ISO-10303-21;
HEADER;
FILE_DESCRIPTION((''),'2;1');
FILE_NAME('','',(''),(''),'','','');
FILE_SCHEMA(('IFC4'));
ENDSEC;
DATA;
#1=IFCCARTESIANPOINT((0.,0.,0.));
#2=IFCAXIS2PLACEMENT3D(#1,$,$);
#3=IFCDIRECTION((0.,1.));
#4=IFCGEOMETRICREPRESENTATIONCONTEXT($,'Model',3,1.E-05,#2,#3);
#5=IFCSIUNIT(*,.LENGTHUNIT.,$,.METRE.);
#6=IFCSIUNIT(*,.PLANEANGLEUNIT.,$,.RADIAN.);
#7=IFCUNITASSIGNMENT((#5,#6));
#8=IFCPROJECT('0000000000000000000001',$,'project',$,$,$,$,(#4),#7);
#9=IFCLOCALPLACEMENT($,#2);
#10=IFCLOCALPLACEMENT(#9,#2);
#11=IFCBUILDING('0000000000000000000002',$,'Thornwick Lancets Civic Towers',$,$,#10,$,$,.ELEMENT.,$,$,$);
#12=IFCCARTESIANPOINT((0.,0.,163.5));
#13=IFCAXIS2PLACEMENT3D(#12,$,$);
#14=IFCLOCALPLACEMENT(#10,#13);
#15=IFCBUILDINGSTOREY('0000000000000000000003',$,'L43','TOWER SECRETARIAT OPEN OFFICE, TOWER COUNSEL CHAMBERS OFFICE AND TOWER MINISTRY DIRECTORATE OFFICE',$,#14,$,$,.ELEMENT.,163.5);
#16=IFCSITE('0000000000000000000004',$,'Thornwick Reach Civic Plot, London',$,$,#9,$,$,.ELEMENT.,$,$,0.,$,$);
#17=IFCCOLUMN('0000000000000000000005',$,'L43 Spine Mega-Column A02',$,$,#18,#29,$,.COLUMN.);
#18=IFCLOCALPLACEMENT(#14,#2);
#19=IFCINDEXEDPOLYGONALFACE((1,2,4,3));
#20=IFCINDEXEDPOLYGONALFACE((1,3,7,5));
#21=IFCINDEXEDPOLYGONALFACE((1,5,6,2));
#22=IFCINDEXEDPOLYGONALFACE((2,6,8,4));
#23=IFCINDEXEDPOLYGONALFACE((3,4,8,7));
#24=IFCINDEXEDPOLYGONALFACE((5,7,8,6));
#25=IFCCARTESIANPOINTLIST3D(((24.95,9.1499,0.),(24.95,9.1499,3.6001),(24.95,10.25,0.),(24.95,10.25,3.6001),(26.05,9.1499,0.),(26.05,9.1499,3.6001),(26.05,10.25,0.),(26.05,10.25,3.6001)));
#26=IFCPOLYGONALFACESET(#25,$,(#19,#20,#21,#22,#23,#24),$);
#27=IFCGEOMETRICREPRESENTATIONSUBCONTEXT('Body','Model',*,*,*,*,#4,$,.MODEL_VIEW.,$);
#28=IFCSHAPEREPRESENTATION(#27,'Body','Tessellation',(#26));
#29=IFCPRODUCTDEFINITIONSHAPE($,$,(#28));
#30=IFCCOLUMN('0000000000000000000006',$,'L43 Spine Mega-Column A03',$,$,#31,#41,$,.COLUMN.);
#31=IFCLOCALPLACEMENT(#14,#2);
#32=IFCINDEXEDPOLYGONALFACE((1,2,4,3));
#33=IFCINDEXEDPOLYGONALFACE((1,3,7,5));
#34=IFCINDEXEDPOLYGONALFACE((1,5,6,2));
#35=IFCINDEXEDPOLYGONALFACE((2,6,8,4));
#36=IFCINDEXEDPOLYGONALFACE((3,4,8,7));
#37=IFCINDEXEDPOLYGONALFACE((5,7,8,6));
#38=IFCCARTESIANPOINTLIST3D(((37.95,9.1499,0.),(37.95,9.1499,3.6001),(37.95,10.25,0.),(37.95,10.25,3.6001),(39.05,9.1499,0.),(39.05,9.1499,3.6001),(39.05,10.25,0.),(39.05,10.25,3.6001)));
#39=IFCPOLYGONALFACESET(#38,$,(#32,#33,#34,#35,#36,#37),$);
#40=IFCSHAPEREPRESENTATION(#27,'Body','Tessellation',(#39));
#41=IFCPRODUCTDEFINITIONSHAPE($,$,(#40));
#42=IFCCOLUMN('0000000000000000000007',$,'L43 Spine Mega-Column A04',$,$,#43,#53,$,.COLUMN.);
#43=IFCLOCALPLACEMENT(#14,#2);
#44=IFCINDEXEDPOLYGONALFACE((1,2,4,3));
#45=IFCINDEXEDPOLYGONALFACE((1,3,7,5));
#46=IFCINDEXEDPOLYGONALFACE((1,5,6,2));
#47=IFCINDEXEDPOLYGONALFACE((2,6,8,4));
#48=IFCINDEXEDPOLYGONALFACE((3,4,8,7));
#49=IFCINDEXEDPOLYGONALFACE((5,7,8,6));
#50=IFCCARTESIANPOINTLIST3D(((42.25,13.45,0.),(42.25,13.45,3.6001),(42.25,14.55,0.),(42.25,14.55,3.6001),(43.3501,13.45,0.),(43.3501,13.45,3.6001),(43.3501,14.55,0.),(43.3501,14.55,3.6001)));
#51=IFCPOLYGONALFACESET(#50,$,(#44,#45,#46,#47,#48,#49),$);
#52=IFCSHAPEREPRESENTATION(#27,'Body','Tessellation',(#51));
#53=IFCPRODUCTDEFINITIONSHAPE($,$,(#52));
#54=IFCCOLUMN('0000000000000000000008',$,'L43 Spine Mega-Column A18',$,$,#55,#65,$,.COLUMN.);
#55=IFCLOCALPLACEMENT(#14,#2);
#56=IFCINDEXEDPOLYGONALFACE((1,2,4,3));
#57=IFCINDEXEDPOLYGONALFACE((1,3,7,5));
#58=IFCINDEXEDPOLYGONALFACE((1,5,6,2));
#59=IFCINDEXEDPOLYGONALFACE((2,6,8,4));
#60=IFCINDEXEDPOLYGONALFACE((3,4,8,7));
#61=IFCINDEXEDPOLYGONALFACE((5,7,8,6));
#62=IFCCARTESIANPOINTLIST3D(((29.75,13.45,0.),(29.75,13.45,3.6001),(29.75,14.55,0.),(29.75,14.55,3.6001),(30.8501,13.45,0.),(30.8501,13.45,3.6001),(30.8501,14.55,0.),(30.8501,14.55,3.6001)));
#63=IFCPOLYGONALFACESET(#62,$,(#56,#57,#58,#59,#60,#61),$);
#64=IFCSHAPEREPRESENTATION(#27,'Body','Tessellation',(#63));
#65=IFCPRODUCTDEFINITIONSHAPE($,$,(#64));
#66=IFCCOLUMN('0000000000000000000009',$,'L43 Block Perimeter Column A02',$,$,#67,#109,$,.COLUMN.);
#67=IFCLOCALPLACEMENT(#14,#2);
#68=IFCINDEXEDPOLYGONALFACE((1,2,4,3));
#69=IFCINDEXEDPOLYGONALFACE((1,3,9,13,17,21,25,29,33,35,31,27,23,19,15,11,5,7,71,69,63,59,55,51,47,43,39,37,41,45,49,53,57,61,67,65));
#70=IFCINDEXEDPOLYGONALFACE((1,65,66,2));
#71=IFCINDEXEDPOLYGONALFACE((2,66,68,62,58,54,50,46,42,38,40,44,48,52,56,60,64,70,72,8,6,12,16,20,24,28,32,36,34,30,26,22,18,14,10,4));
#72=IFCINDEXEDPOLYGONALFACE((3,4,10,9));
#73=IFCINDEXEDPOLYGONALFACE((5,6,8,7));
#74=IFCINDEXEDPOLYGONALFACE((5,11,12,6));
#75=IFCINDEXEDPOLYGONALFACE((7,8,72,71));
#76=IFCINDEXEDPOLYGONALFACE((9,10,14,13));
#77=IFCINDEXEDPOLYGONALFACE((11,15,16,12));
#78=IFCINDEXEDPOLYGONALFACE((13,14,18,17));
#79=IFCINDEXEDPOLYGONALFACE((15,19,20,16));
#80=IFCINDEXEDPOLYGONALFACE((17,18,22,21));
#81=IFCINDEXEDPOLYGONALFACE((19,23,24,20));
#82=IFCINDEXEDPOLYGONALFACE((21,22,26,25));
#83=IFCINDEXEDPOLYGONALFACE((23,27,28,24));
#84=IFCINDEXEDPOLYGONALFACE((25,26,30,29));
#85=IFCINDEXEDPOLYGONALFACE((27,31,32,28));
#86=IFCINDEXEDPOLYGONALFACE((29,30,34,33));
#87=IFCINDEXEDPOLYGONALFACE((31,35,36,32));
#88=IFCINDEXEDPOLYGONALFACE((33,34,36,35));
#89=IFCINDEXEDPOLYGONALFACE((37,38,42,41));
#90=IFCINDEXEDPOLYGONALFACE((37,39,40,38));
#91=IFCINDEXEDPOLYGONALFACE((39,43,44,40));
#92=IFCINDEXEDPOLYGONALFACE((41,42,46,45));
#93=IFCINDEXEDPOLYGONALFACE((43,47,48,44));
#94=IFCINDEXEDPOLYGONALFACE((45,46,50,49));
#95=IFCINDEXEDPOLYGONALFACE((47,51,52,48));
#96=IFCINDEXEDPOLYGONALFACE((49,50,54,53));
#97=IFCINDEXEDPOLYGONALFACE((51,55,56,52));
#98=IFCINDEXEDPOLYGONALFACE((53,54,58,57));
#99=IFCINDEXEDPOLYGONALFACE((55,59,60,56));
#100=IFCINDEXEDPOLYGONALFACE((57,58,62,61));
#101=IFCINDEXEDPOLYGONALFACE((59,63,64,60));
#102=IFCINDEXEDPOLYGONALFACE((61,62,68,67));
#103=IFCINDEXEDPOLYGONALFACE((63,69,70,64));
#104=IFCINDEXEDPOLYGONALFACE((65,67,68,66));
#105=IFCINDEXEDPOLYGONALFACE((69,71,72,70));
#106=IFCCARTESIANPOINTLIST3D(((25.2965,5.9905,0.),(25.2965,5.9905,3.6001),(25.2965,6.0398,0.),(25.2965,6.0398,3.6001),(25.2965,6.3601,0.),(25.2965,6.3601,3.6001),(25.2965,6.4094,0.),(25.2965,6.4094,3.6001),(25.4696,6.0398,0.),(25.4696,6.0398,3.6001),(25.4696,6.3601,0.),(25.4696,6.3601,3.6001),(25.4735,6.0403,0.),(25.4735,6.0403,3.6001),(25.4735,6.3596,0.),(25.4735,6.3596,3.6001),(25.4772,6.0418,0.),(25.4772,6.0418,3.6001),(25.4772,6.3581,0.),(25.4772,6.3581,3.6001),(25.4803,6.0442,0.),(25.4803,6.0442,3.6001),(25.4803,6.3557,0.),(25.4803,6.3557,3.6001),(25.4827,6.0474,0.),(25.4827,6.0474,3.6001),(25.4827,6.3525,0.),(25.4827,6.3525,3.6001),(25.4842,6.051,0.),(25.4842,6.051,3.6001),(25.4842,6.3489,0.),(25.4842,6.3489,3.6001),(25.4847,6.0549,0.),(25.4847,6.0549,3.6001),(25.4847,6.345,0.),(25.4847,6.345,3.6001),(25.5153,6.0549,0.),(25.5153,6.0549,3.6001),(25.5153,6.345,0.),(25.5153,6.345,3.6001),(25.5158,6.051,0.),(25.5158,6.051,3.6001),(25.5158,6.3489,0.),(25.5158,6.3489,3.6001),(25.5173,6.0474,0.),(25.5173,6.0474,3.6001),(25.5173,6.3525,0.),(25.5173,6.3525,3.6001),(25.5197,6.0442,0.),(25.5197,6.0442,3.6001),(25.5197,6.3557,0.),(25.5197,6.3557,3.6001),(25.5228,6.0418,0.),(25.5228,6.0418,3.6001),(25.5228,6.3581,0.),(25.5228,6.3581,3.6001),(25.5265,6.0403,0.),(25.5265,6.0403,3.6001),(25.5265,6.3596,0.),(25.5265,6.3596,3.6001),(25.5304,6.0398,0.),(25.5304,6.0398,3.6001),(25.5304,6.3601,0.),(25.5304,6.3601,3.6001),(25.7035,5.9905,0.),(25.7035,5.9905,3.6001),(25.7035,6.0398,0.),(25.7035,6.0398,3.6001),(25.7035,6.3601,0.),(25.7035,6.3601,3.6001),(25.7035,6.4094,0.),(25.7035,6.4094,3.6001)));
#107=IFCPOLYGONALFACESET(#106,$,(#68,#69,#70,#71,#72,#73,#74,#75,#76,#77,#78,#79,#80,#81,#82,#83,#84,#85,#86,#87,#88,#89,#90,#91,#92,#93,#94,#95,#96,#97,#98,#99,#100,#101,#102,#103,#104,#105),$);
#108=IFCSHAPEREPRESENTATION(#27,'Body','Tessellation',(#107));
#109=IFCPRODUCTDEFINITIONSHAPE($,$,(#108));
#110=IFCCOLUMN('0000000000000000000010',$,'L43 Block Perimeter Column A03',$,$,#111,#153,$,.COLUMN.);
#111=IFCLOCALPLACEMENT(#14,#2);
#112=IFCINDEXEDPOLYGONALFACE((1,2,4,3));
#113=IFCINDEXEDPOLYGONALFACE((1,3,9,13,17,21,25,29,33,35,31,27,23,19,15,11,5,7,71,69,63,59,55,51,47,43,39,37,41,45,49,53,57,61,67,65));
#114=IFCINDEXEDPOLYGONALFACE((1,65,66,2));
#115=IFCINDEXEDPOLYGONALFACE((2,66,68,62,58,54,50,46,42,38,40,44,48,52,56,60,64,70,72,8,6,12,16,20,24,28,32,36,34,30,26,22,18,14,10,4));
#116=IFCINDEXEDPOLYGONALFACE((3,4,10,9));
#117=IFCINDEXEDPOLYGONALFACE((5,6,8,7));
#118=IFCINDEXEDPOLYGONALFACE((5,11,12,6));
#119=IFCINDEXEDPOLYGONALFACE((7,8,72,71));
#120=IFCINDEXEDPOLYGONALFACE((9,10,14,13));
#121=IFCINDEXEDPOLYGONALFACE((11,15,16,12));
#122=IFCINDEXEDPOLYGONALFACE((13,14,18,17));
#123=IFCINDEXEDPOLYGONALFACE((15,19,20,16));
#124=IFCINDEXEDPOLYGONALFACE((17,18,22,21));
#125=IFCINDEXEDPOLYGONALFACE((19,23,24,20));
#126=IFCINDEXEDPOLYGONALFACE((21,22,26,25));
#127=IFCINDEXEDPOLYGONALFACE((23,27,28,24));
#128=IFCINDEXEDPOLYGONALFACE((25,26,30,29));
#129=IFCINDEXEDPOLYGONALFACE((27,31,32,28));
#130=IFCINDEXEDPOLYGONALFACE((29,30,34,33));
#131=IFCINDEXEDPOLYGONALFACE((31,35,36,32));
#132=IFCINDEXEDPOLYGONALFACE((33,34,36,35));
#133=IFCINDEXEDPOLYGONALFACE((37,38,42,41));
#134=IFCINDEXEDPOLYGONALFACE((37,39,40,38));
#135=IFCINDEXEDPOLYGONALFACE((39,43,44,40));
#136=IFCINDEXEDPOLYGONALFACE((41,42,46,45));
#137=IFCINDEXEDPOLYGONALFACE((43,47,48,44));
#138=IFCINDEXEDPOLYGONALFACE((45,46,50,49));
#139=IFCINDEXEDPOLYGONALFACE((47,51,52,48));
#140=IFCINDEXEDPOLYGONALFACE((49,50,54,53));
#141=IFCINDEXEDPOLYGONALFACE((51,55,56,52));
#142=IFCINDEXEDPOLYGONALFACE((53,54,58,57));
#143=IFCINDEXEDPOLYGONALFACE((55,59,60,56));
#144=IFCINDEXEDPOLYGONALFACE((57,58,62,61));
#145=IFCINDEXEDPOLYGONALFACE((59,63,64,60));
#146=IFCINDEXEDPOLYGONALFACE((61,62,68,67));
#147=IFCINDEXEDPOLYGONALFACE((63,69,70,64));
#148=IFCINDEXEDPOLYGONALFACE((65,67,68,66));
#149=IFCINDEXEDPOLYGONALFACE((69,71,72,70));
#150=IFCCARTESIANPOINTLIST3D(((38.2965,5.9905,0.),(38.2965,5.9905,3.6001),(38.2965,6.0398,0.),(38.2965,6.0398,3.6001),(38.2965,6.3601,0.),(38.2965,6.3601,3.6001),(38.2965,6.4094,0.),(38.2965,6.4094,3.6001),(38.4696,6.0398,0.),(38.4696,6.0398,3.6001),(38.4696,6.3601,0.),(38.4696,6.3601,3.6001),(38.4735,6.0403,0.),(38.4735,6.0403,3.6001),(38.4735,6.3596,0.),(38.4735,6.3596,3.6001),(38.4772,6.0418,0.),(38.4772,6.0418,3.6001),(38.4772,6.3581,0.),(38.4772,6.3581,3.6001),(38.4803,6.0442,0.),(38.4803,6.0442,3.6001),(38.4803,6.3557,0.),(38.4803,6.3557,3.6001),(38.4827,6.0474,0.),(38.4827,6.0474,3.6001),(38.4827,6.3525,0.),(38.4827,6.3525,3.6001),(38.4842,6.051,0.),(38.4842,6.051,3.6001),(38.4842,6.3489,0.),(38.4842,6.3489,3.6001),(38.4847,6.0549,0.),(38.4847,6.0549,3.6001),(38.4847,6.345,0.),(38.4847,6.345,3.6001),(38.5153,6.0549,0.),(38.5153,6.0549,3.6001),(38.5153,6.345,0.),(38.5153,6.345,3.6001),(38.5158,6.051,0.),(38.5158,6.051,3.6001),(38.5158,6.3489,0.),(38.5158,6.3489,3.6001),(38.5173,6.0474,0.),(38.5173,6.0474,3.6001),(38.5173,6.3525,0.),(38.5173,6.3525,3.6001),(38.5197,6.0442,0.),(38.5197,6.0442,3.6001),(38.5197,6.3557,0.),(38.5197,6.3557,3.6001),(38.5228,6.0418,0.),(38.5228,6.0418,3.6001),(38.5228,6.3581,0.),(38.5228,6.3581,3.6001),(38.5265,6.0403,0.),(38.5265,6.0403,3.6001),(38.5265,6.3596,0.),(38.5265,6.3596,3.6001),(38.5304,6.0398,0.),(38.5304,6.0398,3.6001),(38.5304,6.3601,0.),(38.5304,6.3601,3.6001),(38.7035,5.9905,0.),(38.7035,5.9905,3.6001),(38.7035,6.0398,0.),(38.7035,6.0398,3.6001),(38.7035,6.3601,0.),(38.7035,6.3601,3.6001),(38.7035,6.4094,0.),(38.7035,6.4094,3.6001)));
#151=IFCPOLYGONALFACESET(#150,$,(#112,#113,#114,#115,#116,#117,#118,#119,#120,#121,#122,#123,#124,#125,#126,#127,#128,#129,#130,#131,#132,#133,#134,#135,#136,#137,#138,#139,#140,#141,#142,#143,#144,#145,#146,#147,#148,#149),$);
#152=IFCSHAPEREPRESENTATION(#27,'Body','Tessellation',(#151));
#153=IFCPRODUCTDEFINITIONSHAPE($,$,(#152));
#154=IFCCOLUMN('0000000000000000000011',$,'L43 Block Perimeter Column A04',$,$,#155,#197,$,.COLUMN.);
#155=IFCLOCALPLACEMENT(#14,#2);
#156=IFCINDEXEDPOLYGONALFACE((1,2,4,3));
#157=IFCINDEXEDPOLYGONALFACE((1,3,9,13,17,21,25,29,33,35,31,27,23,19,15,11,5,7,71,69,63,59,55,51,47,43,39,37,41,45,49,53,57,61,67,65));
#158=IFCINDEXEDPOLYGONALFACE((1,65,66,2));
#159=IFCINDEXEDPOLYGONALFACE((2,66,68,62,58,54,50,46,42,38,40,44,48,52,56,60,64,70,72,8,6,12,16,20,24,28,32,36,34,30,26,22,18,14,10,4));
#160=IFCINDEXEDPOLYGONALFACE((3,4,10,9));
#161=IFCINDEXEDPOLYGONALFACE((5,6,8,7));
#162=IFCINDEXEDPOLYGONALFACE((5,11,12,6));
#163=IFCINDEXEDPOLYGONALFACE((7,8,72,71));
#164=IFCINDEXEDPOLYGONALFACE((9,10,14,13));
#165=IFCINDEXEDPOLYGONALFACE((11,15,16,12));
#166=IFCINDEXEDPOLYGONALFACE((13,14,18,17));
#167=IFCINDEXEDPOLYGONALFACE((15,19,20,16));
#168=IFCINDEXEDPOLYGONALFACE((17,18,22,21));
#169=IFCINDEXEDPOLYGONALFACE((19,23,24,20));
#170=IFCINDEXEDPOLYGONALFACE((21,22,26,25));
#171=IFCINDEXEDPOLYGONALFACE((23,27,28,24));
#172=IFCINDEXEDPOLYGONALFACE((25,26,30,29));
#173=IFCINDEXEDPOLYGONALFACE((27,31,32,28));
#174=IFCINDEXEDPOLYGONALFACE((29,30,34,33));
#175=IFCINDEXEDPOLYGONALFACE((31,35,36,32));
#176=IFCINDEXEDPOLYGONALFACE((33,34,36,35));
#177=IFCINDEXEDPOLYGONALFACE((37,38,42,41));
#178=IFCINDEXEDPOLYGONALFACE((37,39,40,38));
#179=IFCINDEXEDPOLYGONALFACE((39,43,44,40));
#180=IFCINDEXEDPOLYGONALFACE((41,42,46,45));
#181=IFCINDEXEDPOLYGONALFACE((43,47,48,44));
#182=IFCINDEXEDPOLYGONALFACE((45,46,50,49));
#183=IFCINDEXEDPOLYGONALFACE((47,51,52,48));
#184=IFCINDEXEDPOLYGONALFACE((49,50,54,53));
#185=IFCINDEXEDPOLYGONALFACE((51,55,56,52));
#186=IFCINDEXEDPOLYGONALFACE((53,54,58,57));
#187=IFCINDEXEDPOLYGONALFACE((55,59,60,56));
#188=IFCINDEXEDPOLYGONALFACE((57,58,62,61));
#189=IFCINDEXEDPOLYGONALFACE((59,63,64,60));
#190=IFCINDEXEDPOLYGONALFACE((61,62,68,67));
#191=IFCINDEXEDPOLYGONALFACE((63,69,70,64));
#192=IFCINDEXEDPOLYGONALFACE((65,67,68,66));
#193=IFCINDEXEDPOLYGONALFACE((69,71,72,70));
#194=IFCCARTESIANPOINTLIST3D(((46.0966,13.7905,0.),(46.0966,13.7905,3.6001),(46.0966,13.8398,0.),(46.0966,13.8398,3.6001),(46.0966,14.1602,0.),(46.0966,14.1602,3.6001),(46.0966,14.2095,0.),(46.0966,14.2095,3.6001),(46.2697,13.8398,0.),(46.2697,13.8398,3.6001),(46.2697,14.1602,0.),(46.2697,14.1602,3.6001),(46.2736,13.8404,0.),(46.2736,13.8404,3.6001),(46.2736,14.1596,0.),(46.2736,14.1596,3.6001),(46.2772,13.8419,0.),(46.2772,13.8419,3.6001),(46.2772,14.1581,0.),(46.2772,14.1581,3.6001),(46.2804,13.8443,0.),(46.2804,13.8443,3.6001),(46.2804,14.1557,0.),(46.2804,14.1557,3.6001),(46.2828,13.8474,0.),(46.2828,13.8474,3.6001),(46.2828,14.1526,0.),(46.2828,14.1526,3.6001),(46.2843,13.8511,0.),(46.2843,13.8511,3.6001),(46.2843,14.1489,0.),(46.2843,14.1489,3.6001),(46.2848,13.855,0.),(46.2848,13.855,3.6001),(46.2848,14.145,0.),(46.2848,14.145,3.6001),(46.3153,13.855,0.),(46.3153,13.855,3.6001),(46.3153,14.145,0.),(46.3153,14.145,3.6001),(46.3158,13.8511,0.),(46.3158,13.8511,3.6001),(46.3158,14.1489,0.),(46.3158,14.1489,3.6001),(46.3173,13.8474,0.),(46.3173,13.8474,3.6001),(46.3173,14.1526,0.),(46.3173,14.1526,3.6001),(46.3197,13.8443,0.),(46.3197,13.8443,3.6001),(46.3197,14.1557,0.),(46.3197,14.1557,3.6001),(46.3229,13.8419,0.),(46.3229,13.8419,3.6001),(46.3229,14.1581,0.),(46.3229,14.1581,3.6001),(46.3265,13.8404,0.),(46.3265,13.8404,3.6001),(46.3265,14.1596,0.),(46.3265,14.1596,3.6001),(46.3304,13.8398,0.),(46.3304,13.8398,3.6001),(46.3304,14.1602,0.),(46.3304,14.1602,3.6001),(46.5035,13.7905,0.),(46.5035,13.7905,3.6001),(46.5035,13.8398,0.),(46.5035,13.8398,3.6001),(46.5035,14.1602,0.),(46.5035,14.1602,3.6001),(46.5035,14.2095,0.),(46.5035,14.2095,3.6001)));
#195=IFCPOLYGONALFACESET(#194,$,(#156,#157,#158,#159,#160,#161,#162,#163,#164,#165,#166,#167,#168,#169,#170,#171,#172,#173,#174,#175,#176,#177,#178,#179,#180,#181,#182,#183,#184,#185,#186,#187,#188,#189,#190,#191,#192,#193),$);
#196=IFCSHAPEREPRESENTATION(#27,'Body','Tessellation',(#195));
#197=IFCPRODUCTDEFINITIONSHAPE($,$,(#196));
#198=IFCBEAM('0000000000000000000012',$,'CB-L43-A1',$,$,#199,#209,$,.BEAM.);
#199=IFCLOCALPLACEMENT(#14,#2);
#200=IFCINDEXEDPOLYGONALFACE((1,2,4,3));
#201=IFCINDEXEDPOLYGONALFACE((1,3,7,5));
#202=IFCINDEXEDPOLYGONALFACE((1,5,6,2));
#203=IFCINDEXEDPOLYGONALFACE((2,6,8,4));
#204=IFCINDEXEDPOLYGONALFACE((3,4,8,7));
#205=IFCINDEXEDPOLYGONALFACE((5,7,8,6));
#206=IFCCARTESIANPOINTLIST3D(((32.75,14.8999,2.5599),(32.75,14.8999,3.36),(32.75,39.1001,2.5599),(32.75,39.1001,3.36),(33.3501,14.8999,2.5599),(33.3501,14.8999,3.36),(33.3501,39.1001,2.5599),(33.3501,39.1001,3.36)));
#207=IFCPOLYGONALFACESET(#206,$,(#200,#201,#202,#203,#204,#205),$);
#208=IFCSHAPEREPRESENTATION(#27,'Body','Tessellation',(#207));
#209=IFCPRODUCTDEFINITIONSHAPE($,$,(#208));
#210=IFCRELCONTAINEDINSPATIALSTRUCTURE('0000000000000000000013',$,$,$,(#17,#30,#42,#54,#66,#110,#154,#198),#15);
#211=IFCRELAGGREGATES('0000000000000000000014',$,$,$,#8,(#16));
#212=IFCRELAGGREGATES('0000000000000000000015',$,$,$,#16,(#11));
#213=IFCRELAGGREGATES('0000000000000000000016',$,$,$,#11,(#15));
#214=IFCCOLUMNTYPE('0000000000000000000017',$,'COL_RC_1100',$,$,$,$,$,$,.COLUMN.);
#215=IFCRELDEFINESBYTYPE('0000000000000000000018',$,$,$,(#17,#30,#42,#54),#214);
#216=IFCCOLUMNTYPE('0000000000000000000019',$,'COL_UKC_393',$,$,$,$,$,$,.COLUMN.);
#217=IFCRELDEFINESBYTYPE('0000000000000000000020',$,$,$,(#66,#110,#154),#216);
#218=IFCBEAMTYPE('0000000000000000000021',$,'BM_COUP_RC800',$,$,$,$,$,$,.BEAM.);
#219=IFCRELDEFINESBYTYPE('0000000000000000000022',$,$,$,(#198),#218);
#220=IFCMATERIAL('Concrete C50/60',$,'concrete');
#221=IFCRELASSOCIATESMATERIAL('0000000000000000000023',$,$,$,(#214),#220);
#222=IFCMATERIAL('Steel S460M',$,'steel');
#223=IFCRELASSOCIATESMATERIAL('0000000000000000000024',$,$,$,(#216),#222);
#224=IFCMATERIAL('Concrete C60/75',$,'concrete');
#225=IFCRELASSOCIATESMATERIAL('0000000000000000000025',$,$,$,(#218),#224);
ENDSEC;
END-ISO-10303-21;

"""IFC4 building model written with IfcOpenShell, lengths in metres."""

from ifc_helpers import new_model, si_unit, direction, frame, origin, origin_2d, place, context, subcontext, project, spatial, rectangle, i_section, extrude, material, material_profile, profile_set, type_object, element, save


model = new_model("IFC4")

# Units and contexts
model_context = context("Model", 3, precision=1e-05, world=origin(), true_north=direction((0.0, 1.0)))
body_context = subcontext(model_context, "Body", "Model", "MODEL_VIEW")
ifc_project = project(units=[si_unit("LENGTHUNIT", "METRE"), si_unit("PLANEANGLEUNIT", "RADIAN")], contexts=[model_context])

# Site, building, storey
site_placement = place(None, origin())
site = spatial("IfcSite", under=ifc_project, at=site_placement, Name="Thornwick Reach Civic Plot, London", CompositionType="ELEMENT", RefElevation=0.0)
building_placement = place(site_placement, origin())
building = spatial("IfcBuilding", under=site, at=building_placement, Name="Thornwick Lancets Civic Towers", CompositionType="ELEMENT")
storey_placement = place(building_placement, frame((0.0, 0.0, 163.5)))
storey = spatial("IfcBuildingStorey", under=building, at=storey_placement, Name="L43", Description="TOWER SECRETARIAT OPEN OFFICE, TOWER COUNSEL CHAMBERS OFFICE AND TOWER MINISTRY DIRECTORATE OFFICE", CompositionType="ELEMENT", Elevation=163.5)

# Columns
ifc_material_1 = material(Name="Concrete C50/60", Category="concrete")
ifc_material_profile_1 = material_profile(ifc_material_1, rectangle(XDim=1.1001, YDim=1.1001, at=origin_2d()), Name="RC 1100x1100")
ifc_profile_set_1 = profile_set([ifc_material_profile_1], Name="Concrete C50/60")
column_type_1 = type_object("IfcColumnType", Name="COL_RC_1100", PredefinedType="COLUMN", material=ifc_profile_set_1)
for number, where, z_axis, x_axis, name in (
    (1, (25.5, 9.7, 0.0), (0.0, 0.0, 1.0), (1.0, 0.0, 0.0), "L43 Spine Mega-Column A02"),
    (2, (38.5, 9.7, 0.0), (0.0, 0.0, 1.0), (1.0, 0.0, 0.0), "L43 Spine Mega-Column A03"),
    (3, (42.8, 14.0, 0.0), (0.0, 0.0, 1.0), (1.0, 0.0, 0.0), "L43 Spine Mega-Column A04"),
    (4, (30.3, 14.0, 0.0), (0.0, 0.0, 1.0), (1.0, 0.0, 0.0), "L43 Spine Mega-Column A18"),
):
    element("IfcColumn", number, at=place(storey_placement, frame(where, z_axis=z_axis, x_axis=x_axis)), inside=storey, type_object=column_type_1, Name=name, PredefinedType="COLUMN", context=body_context, shape_type="SweptSolid", body=[
        extrude(rectangle(XDim=1.1001, YDim=1.1001, at=origin_2d()), origin(), (0.0, 0.0, 1.0), 3.6001),
    ])
ifc_material_2 = material(Name="Steel S460M", Category="steel")
ifc_material_profile_2 = material_profile(ifc_material_2, i_section(OverallWidth=0.407, OverallDepth=0.4189, WebThickness=0.0305, FlangeThickness=0.0493, FilletRadius=0.0151, at=origin_2d()), Name="UKC 356x406x393")
ifc_profile_set_2 = profile_set([ifc_material_profile_2], Name="Steel S460M")
column_type_2 = type_object("IfcColumnType", Name="COL_UKC_393", PredefinedType="COLUMN", material=ifc_profile_set_2)
for number, where, z_axis, x_axis, name in (
    (5, (25.5, 6.2, 0.0), (0.0, 0.0, 1.0), (1.0, 0.0, 0.0), "L43 Block Perimeter Column A02"),
    (6, (38.5, 6.2, 0.0), (0.0, 0.0, 1.0), (1.0, 0.0, 0.0), "L43 Block Perimeter Column A03"),
    (7, (46.3, 14.0, 0.0), (0.0, 0.0, 1.0), (1.0, 0.0, 0.0), "L43 Block Perimeter Column A04"),
):
    element("IfcColumn", number, at=place(storey_placement, frame(where, z_axis=z_axis, x_axis=x_axis)), inside=storey, type_object=column_type_2, Name=name, PredefinedType="COLUMN", context=body_context, shape_type="SweptSolid", body=[
        extrude(i_section(OverallWidth=0.407, OverallDepth=0.4189, WebThickness=0.0305, FlangeThickness=0.0493, FilletRadius=0.0151, at=origin_2d()), origin(), (0.0, 0.0, 1.0), 3.6001),
    ])

# Beam
ifc_material_3 = material(Name="Concrete C60/75", Category="concrete")
ifc_material_profile_3 = material_profile(ifc_material_3, rectangle(XDim=0.6001, YDim=0.8, at=origin_2d()), Name="RC 600x800")
ifc_profile_set_3 = profile_set([ifc_material_profile_3], Name="Concrete C60/75")
beam_type_1 = type_object("IfcBeamType", Name="BM_COUP_RC800", PredefinedType="BEAM", material=ifc_profile_set_3)
beam_1_placement = place(storey_placement, frame((33.05, 14.8999, 2.96), z_axis=(0.0, 1.0, 0.0), x_axis=(-1.0, 0.0, 0.0)))
element("IfcBeam", 8, at=beam_1_placement, inside=storey, type_object=beam_type_1, Name="CB-L43-A1", PredefinedType="BEAM", context=body_context, shape_type="SweptSolid", body=[
    extrude(rectangle(XDim=0.6001, YDim=0.8, at=origin_2d()), origin(), (0.0, 0.0, 1.0), 24.2002),
])

save(model, "model.ifc")
